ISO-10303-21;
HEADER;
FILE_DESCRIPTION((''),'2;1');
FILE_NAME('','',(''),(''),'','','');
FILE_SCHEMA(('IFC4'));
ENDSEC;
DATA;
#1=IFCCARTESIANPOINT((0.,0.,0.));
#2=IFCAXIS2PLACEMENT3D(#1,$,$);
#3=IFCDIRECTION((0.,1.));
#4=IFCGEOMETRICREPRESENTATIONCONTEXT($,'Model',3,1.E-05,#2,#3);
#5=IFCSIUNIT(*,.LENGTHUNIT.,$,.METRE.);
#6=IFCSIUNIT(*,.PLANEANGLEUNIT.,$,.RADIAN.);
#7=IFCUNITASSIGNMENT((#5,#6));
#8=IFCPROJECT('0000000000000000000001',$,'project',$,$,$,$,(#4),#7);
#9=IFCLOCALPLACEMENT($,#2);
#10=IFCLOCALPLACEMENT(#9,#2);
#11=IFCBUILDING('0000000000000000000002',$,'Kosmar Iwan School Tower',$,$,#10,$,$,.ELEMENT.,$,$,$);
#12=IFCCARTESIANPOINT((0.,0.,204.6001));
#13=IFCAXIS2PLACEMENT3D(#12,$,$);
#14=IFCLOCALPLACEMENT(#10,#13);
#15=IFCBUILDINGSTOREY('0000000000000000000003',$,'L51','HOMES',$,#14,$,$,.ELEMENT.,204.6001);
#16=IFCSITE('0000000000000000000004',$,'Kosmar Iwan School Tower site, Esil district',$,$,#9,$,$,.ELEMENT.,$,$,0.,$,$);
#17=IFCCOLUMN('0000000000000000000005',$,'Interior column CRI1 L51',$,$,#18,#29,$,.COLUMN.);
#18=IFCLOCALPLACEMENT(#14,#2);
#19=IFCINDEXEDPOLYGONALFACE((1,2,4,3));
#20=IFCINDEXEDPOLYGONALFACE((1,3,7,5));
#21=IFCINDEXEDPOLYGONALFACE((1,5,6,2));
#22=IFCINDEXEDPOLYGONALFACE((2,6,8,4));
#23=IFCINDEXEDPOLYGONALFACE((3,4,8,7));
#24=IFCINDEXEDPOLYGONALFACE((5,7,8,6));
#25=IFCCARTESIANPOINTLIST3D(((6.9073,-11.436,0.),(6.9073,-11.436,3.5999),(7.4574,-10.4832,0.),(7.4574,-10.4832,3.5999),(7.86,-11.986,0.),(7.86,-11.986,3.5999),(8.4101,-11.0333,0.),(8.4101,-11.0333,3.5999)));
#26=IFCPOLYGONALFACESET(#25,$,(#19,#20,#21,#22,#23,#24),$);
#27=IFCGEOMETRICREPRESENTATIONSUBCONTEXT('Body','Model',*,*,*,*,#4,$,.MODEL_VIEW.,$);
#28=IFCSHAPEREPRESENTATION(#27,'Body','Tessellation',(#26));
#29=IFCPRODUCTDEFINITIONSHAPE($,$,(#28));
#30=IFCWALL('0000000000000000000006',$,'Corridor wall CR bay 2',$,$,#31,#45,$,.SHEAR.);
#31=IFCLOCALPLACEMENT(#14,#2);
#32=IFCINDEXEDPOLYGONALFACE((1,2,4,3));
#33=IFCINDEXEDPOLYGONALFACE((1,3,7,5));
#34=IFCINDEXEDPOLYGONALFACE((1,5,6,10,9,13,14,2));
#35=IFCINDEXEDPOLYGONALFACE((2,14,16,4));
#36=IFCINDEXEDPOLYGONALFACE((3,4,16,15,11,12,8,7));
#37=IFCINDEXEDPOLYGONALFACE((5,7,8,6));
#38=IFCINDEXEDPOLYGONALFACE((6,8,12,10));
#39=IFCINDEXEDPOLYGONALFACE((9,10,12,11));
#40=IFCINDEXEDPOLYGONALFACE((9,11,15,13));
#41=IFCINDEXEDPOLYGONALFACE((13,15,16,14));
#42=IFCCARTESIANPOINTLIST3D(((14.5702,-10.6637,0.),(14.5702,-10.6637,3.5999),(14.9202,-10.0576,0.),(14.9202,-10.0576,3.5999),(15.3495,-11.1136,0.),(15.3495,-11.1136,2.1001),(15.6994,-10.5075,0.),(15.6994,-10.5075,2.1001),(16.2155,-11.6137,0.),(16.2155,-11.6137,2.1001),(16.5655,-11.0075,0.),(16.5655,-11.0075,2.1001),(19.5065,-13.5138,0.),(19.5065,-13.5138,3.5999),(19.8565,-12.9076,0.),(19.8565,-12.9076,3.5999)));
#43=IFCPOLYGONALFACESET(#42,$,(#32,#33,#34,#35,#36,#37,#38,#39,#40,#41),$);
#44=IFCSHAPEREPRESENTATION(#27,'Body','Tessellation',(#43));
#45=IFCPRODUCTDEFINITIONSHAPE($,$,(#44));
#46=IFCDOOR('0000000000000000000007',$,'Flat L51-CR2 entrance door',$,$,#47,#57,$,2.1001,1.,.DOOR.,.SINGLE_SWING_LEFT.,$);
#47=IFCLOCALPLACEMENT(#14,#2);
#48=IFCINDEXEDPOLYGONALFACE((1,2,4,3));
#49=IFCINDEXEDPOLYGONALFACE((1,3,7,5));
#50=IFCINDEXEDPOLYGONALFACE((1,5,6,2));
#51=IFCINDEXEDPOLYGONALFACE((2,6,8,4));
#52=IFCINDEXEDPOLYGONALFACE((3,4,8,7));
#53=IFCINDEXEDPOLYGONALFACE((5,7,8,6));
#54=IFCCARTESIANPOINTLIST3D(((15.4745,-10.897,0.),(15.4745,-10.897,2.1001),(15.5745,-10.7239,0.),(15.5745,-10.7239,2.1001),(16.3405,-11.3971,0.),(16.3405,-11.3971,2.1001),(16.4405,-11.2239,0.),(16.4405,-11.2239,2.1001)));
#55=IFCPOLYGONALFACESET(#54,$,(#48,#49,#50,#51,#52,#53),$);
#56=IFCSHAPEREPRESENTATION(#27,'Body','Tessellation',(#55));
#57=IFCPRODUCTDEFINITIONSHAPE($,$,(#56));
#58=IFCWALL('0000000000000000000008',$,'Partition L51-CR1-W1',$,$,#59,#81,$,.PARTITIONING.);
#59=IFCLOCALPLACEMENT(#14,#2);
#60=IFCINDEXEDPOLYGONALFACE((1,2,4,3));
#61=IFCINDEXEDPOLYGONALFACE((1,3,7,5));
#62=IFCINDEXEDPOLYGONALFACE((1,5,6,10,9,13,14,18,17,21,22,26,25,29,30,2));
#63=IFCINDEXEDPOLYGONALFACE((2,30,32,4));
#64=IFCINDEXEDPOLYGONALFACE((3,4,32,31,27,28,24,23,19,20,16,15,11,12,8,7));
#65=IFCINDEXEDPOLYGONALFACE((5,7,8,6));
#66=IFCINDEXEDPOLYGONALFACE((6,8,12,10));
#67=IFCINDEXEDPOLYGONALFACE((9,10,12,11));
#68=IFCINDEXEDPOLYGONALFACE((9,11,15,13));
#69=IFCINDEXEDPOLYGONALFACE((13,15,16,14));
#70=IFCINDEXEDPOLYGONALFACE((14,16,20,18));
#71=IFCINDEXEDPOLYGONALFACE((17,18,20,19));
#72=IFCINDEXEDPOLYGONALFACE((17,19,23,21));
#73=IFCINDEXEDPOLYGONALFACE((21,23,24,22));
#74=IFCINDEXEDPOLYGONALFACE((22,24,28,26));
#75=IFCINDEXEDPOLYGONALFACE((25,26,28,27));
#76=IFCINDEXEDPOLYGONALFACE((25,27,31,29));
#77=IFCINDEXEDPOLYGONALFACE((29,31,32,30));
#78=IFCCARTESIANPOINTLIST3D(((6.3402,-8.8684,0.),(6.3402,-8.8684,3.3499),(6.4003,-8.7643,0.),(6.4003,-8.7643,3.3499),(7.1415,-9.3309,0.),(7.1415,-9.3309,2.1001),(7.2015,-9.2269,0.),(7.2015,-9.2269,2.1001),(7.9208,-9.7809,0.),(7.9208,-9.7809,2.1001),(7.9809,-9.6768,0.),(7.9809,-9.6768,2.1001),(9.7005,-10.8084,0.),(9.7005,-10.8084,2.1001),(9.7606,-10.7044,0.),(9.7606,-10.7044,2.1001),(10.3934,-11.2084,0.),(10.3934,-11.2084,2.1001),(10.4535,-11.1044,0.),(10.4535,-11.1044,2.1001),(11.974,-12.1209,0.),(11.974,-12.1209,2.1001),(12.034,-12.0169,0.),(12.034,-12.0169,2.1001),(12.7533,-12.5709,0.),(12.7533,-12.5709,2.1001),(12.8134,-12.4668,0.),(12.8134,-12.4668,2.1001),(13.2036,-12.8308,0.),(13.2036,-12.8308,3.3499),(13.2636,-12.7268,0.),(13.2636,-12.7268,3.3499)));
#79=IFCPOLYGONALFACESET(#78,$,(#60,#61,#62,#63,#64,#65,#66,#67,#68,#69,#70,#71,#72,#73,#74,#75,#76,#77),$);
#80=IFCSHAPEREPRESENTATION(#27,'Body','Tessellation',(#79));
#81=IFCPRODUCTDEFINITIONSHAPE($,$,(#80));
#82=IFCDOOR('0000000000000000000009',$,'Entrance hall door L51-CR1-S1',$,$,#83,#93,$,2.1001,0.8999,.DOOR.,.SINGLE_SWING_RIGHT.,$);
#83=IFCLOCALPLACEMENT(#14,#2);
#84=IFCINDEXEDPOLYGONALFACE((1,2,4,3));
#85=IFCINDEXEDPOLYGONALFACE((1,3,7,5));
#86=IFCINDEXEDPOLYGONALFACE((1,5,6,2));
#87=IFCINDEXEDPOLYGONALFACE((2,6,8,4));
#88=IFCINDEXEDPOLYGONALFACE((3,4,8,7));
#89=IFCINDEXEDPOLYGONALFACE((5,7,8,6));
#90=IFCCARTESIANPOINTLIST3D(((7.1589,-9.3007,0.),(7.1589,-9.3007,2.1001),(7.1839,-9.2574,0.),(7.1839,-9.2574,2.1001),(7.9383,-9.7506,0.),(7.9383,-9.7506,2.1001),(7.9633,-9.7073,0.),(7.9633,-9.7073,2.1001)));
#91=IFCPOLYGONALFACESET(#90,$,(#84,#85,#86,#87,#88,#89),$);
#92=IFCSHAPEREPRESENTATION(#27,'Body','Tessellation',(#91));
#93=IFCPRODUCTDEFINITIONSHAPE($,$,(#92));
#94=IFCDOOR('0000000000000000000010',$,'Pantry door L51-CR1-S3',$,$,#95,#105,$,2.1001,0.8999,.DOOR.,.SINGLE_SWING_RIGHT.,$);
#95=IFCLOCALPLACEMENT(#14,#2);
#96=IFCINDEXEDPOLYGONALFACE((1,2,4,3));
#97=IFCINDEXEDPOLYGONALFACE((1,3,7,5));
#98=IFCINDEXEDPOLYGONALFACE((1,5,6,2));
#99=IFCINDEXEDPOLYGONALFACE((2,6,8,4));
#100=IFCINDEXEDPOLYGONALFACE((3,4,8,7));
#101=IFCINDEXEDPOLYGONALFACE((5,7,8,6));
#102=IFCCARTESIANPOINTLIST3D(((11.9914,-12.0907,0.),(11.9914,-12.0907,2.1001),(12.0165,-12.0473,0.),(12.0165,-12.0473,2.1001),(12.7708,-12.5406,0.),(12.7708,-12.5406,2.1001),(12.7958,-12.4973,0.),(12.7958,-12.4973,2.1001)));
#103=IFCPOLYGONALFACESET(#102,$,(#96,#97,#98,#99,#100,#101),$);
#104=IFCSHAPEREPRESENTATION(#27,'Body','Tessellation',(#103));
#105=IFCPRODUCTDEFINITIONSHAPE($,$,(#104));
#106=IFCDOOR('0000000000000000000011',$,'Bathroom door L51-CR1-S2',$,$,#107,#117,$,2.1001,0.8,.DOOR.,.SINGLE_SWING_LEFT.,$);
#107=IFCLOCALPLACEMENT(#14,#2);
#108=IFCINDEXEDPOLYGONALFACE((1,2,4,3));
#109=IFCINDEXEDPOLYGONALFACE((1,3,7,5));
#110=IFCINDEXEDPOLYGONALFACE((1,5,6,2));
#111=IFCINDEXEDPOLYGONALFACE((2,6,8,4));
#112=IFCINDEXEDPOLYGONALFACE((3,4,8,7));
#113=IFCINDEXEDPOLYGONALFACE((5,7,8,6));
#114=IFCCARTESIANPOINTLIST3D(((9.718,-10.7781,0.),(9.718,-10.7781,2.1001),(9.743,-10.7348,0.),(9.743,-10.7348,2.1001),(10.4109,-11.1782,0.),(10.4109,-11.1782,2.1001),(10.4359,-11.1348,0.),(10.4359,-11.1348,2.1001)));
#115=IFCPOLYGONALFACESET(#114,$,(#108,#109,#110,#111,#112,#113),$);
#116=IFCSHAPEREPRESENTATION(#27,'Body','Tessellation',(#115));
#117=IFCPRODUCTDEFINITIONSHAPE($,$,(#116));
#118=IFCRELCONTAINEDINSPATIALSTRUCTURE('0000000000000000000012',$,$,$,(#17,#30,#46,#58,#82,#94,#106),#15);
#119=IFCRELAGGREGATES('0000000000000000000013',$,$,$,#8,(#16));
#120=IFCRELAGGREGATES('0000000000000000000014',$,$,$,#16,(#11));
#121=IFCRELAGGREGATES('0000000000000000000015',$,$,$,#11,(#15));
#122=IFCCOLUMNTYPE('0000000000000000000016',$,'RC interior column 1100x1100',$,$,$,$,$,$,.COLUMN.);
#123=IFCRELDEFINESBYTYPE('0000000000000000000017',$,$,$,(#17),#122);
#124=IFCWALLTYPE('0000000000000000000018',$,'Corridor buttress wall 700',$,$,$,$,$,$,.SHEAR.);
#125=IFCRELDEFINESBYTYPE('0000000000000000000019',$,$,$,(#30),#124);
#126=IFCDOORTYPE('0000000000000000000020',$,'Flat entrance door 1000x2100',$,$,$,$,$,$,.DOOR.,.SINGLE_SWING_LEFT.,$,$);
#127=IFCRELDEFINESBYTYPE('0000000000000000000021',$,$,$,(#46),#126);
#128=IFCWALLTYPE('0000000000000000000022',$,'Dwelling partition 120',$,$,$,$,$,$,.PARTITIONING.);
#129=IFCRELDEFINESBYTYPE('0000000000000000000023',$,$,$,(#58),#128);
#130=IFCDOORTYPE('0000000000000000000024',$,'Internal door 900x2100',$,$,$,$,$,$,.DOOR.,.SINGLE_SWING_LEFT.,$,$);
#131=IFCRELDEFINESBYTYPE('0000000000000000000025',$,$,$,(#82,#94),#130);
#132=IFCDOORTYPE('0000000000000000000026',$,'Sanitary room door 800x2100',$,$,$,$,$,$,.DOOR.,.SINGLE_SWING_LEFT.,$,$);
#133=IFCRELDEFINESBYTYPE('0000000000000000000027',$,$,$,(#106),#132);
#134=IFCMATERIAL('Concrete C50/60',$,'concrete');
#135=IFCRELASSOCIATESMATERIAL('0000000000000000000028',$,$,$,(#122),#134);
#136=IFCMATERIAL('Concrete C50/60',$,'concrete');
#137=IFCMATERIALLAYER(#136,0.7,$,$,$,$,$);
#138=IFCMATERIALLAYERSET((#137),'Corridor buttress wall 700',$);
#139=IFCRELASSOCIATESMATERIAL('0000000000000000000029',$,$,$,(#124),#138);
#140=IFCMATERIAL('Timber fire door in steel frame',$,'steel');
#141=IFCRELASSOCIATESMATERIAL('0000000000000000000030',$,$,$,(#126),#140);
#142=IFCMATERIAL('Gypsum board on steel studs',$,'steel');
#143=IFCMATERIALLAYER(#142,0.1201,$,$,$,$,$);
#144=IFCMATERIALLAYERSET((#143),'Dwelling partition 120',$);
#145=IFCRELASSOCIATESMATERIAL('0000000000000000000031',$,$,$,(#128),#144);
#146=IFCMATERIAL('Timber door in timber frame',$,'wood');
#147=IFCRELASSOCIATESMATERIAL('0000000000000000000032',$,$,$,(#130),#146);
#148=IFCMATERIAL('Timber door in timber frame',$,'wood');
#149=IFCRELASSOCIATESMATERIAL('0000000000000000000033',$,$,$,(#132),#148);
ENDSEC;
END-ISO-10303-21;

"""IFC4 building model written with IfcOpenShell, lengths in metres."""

from ifc_helpers import new_model, si_unit, direction, frame, frame_2d, origin, origin_2d, place, context, subcontext, project, spatial, rectangle, extrude, material, layer, layer_set, material_profile, profile_set, type_object, element, fill, save


model = new_model("IFC4")

# Units and contexts
model_context = context("Model", 3, precision=1e-05, world=origin(), true_north=direction((0.0, 1.0)))
body_context = subcontext(model_context, "Body", "Model", "MODEL_VIEW")
ifc_project = project(units=[si_unit("LENGTHUNIT", "METRE"), si_unit("PLANEANGLEUNIT", "RADIAN")], contexts=[model_context])

# Site, building, storey
site_placement = place(None, origin())
site = spatial("IfcSite", under=ifc_project, at=site_placement, Name="Kosmar Iwan School Tower site, Esil district", CompositionType="ELEMENT", RefElevation=0.0)
building_placement = place(site_placement, origin())
building = spatial("IfcBuilding", under=site, at=building_placement, Name="Kosmar Iwan School Tower", CompositionType="ELEMENT")
storey_placement = place(building_placement, frame((0.0, 0.0, 204.6001)))
storey = spatial("IfcBuildingStorey", under=building, at=storey_placement, Name="L51", Description="HOMES", CompositionType="ELEMENT", Elevation=204.6001)

# Column
ifc_material_1 = material(Name="Concrete C50/60", Category="concrete")
ifc_material_profile = material_profile(ifc_material_1, rectangle(XDim=1.1001, YDim=1.1001, at=origin_2d()), Name="RC 1100x1100")
ifc_profile_set = profile_set([ifc_material_profile], Name="Concrete C50/60")
column_type = type_object("IfcColumnType", Name="RC interior column 1100x1100", PredefinedType="COLUMN", material=ifc_profile_set)
column_placement = place(storey_placement, frame((7.6587, -11.2346, 0.0), z_axis=(0.0, 0.0, 1.0), x_axis=(0.866025, -0.5, 0.0)))
element("IfcColumn", 1, at=column_placement, inside=storey, type_object=column_type, Name="Interior column CRI1 L51", PredefinedType="COLUMN", context=body_context, shape_type="SweptSolid", body=[
    extrude(rectangle(XDim=1.1001, YDim=1.1001, at=origin_2d()), origin(), (0.0, 0.0, 1.0), 3.5999),
])

# Wall, opening, door
ifc_material_2 = material(Name="Concrete C50/60", Category="concrete")
ifc_layer_1 = layer(ifc_material_2, 0.7)
ifc_layer_set_1 = layer_set([ifc_layer_1], Name="Corridor buttress wall 700")
wall_type_1 = type_object("IfcWallType", Name="Corridor buttress wall 700", PredefinedType="SHEAR", material=ifc_layer_set_1)
wall_1_placement = place(storey_placement, frame((14.7451, -10.3606, 0.0), z_axis=(0.0, 0.0, 1.0), x_axis=(0.866015, -0.500018, 0.0)))
wall_1 = element("IfcWall", 2, at=wall_1_placement, inside=storey, type_object=wall_type_1, Name="Corridor wall CR bay 2", PredefinedType="SHEAR", context=body_context, shape_type="SweptSolid", body=[
    extrude(rectangle(XDim=5.7, YDim=0.7, at=frame_2d((2.8501, 0.0))), origin(), (0.0, 0.0, 1.0), 3.5999),
])
opening_1_placement = place(wall_1_placement, frame((0.8999, 0.0, 0.0)))
opening_1 = element("IfcOpeningElement", 3, at=opening_1_placement, cuts=wall_1, PredefinedType="OPENING", context=body_context, shape_type="SweptSolid", body=[
    extrude(rectangle(XDim=1.0, YDim=2.1001, at=frame_2d((0.5, 1.05))), frame((0.0, 0.3621, 0.0), z_axis=(0.0, -1.0, 0.0), x_axis=(1.0, 0.0, 0.0)), (0.0, 0.0, 1.0), 0.7239),
])
ifc_material_3 = material(Name="Timber fire door in steel frame", Category="steel")
door_type_1 = type_object("IfcDoorType", Name="Flat entrance door 1000x2100", OperationType="SINGLE_SWING_LEFT", PredefinedType="DOOR", material=ifc_material_3)
door_1_placement = place(opening_1_placement, origin())
door_1 = element("IfcDoor", 4, at=door_1_placement, inside=storey, type_object=door_type_1, Name="Flat L51-CR2 entrance door", OperationType="SINGLE_SWING_LEFT", OverallHeight=2.1001, OverallWidth=1.0, PredefinedType="DOOR", context=body_context, shape_type="SweptSolid", body=[
    extrude(rectangle(XDim=1.0, YDim=2.1001, at=frame_2d((0.5, 1.05))), frame((0.0, 0.1001, 0.0), z_axis=(0.0, -1.0, 0.0), x_axis=(1.0, 0.0, 0.0)), (0.0, 0.0, 1.0), 0.2),
])
fill(opening_1, door_1)

# Wall, openings, doors
ifc_material_4 = material(Name="Gypsum board on steel studs", Category="steel")
ifc_layer_2 = layer(ifc_material_4, 0.1201)
ifc_layer_set_2 = layer_set([ifc_layer_2], Name="Dwelling partition 120")
wall_type_2 = type_object("IfcWallType", Name="Dwelling partition 120", PredefinedType="PARTITIONING", material=ifc_layer_set_2)
wall_2_placement = place(storey_placement, frame((6.3704, -8.8164, 0.0), z_axis=(0.0, 0.0, 1.0), x_axis=(0.866032, -0.499989, 0.0)))
wall_2 = element("IfcWall", 5, at=wall_2_placement, inside=storey, type_object=wall_type_2, Name="Partition L51-CR1-W1", PredefinedType="PARTITIONING", context=body_context, shape_type="SweptSolid", body=[
    extrude(rectangle(XDim=7.925, YDim=0.1201, at=frame_2d((3.9624, 0.0))), origin(), (0.0, 0.0, 1.0), 3.3499),
])
opening_2_placement = place(wall_2_placement, frame((0.925, 0.0, 0.0)))
opening_2 = element("IfcOpeningElement", 6, at=opening_2_placement, cuts=wall_2, PredefinedType="OPENING", context=body_context, shape_type="SweptSolid", body=[
    extrude(rectangle(XDim=0.8999, YDim=2.1001, at=frame_2d((0.45, 1.05))), frame((0.0, 0.072, 0.0), z_axis=(0.0, -1.0, 0.0), x_axis=(1.0, 0.0, 0.0)), (0.0, 0.0, 1.0), 0.144),
])
opening_3_placement = place(wall_2_placement, frame((3.8801, 0.0, 0.0)))
opening_3 = element("IfcOpeningElement", 7, at=opening_3_placement, cuts=wall_2, PredefinedType="OPENING", context=body_context, shape_type="SweptSolid", body=[
    extrude(rectangle(XDim=0.8, YDim=2.1001, at=frame_2d((0.3999, 1.05))), frame((0.0, 0.072, 0.0), z_axis=(0.0, -1.0, 0.0), x_axis=(1.0, 0.0, 0.0)), (0.0, 0.0, 1.0), 0.144),
])
opening_4_placement = place(wall_2_placement, frame((6.5051, 0.0, 0.0)))
opening_4 = element("IfcOpeningElement", 8, at=opening_4_placement, cuts=wall_2, PredefinedType="OPENING", context=body_context, shape_type="SweptSolid", body=[
    extrude(rectangle(XDim=0.8999, YDim=2.1001, at=frame_2d((0.45, 1.05))), frame((0.0, 0.072, 0.0), z_axis=(0.0, -1.0, 0.0), x_axis=(1.0, 0.0, 0.0)), (0.0, 0.0, 1.0), 0.144),
])
ifc_material_5 = material(Name="Timber door in timber frame", Category="wood")
door_type_2 = type_object("IfcDoorType", Name="Internal door 900x2100", OperationType="SINGLE_SWING_LEFT", PredefinedType="DOOR", material=ifc_material_5)
door_2_placement = place(opening_2_placement, origin())
door_2 = element("IfcDoor", 9, at=door_2_placement, inside=storey, type_object=door_type_2, Name="Entrance hall door L51-CR1-S1", OperationType="SINGLE_SWING_RIGHT", OverallHeight=2.1001, OverallWidth=0.8999, PredefinedType="DOOR", context=body_context, shape_type="SweptSolid", body=[
    extrude(rectangle(XDim=0.8999, YDim=2.1001, at=frame_2d((0.45, 1.05))), frame((0.0, 0.0249, 0.0), z_axis=(0.0, -1.0, 0.0), x_axis=(1.0, 0.0, 0.0)), (0.0, 0.0, 1.0), 0.05),
])
fill(opening_2, door_2)
door_3_placement = place(opening_4_placement, origin())
door_3 = element("IfcDoor", 10, at=door_3_placement, inside=storey, type_object=door_type_2, Name="Pantry door L51-CR1-S3", OperationType="SINGLE_SWING_RIGHT", OverallHeight=2.1001, OverallWidth=0.8999, PredefinedType="DOOR", context=body_context, shape_type="SweptSolid", body=[
    extrude(rectangle(XDim=0.8999, YDim=2.1001, at=frame_2d((0.45, 1.05))), frame((0.0, 0.0249, 0.0), z_axis=(0.0, -1.0, 0.0), x_axis=(1.0, 0.0, 0.0)), (0.0, 0.0, 1.0), 0.05),
])
fill(opening_4, door_3)
ifc_material_6 = material(Name="Timber door in timber frame", Category="wood")
door_type_3 = type_object("IfcDoorType", Name="Sanitary room door 800x2100", OperationType="SINGLE_SWING_LEFT", PredefinedType="DOOR", material=ifc_material_6)
door_4_placement = place(opening_3_placement, origin())
door_4 = element("IfcDoor", 11, at=door_4_placement, inside=storey, type_object=door_type_3, Name="Bathroom door L51-CR1-S2", OperationType="SINGLE_SWING_LEFT", OverallHeight=2.1001, OverallWidth=0.8, PredefinedType="DOOR", context=body_context, shape_type="SweptSolid", body=[
    extrude(rectangle(XDim=0.8, YDim=2.1001, at=frame_2d((0.3999, 1.05))), frame((0.0, 0.0249, 0.0), z_axis=(0.0, -1.0, 0.0), x_axis=(1.0, 0.0, 0.0)), (0.0, 0.0, 1.0), 0.05),
])
fill(opening_3, door_4)

save(model, "model.ifc")
